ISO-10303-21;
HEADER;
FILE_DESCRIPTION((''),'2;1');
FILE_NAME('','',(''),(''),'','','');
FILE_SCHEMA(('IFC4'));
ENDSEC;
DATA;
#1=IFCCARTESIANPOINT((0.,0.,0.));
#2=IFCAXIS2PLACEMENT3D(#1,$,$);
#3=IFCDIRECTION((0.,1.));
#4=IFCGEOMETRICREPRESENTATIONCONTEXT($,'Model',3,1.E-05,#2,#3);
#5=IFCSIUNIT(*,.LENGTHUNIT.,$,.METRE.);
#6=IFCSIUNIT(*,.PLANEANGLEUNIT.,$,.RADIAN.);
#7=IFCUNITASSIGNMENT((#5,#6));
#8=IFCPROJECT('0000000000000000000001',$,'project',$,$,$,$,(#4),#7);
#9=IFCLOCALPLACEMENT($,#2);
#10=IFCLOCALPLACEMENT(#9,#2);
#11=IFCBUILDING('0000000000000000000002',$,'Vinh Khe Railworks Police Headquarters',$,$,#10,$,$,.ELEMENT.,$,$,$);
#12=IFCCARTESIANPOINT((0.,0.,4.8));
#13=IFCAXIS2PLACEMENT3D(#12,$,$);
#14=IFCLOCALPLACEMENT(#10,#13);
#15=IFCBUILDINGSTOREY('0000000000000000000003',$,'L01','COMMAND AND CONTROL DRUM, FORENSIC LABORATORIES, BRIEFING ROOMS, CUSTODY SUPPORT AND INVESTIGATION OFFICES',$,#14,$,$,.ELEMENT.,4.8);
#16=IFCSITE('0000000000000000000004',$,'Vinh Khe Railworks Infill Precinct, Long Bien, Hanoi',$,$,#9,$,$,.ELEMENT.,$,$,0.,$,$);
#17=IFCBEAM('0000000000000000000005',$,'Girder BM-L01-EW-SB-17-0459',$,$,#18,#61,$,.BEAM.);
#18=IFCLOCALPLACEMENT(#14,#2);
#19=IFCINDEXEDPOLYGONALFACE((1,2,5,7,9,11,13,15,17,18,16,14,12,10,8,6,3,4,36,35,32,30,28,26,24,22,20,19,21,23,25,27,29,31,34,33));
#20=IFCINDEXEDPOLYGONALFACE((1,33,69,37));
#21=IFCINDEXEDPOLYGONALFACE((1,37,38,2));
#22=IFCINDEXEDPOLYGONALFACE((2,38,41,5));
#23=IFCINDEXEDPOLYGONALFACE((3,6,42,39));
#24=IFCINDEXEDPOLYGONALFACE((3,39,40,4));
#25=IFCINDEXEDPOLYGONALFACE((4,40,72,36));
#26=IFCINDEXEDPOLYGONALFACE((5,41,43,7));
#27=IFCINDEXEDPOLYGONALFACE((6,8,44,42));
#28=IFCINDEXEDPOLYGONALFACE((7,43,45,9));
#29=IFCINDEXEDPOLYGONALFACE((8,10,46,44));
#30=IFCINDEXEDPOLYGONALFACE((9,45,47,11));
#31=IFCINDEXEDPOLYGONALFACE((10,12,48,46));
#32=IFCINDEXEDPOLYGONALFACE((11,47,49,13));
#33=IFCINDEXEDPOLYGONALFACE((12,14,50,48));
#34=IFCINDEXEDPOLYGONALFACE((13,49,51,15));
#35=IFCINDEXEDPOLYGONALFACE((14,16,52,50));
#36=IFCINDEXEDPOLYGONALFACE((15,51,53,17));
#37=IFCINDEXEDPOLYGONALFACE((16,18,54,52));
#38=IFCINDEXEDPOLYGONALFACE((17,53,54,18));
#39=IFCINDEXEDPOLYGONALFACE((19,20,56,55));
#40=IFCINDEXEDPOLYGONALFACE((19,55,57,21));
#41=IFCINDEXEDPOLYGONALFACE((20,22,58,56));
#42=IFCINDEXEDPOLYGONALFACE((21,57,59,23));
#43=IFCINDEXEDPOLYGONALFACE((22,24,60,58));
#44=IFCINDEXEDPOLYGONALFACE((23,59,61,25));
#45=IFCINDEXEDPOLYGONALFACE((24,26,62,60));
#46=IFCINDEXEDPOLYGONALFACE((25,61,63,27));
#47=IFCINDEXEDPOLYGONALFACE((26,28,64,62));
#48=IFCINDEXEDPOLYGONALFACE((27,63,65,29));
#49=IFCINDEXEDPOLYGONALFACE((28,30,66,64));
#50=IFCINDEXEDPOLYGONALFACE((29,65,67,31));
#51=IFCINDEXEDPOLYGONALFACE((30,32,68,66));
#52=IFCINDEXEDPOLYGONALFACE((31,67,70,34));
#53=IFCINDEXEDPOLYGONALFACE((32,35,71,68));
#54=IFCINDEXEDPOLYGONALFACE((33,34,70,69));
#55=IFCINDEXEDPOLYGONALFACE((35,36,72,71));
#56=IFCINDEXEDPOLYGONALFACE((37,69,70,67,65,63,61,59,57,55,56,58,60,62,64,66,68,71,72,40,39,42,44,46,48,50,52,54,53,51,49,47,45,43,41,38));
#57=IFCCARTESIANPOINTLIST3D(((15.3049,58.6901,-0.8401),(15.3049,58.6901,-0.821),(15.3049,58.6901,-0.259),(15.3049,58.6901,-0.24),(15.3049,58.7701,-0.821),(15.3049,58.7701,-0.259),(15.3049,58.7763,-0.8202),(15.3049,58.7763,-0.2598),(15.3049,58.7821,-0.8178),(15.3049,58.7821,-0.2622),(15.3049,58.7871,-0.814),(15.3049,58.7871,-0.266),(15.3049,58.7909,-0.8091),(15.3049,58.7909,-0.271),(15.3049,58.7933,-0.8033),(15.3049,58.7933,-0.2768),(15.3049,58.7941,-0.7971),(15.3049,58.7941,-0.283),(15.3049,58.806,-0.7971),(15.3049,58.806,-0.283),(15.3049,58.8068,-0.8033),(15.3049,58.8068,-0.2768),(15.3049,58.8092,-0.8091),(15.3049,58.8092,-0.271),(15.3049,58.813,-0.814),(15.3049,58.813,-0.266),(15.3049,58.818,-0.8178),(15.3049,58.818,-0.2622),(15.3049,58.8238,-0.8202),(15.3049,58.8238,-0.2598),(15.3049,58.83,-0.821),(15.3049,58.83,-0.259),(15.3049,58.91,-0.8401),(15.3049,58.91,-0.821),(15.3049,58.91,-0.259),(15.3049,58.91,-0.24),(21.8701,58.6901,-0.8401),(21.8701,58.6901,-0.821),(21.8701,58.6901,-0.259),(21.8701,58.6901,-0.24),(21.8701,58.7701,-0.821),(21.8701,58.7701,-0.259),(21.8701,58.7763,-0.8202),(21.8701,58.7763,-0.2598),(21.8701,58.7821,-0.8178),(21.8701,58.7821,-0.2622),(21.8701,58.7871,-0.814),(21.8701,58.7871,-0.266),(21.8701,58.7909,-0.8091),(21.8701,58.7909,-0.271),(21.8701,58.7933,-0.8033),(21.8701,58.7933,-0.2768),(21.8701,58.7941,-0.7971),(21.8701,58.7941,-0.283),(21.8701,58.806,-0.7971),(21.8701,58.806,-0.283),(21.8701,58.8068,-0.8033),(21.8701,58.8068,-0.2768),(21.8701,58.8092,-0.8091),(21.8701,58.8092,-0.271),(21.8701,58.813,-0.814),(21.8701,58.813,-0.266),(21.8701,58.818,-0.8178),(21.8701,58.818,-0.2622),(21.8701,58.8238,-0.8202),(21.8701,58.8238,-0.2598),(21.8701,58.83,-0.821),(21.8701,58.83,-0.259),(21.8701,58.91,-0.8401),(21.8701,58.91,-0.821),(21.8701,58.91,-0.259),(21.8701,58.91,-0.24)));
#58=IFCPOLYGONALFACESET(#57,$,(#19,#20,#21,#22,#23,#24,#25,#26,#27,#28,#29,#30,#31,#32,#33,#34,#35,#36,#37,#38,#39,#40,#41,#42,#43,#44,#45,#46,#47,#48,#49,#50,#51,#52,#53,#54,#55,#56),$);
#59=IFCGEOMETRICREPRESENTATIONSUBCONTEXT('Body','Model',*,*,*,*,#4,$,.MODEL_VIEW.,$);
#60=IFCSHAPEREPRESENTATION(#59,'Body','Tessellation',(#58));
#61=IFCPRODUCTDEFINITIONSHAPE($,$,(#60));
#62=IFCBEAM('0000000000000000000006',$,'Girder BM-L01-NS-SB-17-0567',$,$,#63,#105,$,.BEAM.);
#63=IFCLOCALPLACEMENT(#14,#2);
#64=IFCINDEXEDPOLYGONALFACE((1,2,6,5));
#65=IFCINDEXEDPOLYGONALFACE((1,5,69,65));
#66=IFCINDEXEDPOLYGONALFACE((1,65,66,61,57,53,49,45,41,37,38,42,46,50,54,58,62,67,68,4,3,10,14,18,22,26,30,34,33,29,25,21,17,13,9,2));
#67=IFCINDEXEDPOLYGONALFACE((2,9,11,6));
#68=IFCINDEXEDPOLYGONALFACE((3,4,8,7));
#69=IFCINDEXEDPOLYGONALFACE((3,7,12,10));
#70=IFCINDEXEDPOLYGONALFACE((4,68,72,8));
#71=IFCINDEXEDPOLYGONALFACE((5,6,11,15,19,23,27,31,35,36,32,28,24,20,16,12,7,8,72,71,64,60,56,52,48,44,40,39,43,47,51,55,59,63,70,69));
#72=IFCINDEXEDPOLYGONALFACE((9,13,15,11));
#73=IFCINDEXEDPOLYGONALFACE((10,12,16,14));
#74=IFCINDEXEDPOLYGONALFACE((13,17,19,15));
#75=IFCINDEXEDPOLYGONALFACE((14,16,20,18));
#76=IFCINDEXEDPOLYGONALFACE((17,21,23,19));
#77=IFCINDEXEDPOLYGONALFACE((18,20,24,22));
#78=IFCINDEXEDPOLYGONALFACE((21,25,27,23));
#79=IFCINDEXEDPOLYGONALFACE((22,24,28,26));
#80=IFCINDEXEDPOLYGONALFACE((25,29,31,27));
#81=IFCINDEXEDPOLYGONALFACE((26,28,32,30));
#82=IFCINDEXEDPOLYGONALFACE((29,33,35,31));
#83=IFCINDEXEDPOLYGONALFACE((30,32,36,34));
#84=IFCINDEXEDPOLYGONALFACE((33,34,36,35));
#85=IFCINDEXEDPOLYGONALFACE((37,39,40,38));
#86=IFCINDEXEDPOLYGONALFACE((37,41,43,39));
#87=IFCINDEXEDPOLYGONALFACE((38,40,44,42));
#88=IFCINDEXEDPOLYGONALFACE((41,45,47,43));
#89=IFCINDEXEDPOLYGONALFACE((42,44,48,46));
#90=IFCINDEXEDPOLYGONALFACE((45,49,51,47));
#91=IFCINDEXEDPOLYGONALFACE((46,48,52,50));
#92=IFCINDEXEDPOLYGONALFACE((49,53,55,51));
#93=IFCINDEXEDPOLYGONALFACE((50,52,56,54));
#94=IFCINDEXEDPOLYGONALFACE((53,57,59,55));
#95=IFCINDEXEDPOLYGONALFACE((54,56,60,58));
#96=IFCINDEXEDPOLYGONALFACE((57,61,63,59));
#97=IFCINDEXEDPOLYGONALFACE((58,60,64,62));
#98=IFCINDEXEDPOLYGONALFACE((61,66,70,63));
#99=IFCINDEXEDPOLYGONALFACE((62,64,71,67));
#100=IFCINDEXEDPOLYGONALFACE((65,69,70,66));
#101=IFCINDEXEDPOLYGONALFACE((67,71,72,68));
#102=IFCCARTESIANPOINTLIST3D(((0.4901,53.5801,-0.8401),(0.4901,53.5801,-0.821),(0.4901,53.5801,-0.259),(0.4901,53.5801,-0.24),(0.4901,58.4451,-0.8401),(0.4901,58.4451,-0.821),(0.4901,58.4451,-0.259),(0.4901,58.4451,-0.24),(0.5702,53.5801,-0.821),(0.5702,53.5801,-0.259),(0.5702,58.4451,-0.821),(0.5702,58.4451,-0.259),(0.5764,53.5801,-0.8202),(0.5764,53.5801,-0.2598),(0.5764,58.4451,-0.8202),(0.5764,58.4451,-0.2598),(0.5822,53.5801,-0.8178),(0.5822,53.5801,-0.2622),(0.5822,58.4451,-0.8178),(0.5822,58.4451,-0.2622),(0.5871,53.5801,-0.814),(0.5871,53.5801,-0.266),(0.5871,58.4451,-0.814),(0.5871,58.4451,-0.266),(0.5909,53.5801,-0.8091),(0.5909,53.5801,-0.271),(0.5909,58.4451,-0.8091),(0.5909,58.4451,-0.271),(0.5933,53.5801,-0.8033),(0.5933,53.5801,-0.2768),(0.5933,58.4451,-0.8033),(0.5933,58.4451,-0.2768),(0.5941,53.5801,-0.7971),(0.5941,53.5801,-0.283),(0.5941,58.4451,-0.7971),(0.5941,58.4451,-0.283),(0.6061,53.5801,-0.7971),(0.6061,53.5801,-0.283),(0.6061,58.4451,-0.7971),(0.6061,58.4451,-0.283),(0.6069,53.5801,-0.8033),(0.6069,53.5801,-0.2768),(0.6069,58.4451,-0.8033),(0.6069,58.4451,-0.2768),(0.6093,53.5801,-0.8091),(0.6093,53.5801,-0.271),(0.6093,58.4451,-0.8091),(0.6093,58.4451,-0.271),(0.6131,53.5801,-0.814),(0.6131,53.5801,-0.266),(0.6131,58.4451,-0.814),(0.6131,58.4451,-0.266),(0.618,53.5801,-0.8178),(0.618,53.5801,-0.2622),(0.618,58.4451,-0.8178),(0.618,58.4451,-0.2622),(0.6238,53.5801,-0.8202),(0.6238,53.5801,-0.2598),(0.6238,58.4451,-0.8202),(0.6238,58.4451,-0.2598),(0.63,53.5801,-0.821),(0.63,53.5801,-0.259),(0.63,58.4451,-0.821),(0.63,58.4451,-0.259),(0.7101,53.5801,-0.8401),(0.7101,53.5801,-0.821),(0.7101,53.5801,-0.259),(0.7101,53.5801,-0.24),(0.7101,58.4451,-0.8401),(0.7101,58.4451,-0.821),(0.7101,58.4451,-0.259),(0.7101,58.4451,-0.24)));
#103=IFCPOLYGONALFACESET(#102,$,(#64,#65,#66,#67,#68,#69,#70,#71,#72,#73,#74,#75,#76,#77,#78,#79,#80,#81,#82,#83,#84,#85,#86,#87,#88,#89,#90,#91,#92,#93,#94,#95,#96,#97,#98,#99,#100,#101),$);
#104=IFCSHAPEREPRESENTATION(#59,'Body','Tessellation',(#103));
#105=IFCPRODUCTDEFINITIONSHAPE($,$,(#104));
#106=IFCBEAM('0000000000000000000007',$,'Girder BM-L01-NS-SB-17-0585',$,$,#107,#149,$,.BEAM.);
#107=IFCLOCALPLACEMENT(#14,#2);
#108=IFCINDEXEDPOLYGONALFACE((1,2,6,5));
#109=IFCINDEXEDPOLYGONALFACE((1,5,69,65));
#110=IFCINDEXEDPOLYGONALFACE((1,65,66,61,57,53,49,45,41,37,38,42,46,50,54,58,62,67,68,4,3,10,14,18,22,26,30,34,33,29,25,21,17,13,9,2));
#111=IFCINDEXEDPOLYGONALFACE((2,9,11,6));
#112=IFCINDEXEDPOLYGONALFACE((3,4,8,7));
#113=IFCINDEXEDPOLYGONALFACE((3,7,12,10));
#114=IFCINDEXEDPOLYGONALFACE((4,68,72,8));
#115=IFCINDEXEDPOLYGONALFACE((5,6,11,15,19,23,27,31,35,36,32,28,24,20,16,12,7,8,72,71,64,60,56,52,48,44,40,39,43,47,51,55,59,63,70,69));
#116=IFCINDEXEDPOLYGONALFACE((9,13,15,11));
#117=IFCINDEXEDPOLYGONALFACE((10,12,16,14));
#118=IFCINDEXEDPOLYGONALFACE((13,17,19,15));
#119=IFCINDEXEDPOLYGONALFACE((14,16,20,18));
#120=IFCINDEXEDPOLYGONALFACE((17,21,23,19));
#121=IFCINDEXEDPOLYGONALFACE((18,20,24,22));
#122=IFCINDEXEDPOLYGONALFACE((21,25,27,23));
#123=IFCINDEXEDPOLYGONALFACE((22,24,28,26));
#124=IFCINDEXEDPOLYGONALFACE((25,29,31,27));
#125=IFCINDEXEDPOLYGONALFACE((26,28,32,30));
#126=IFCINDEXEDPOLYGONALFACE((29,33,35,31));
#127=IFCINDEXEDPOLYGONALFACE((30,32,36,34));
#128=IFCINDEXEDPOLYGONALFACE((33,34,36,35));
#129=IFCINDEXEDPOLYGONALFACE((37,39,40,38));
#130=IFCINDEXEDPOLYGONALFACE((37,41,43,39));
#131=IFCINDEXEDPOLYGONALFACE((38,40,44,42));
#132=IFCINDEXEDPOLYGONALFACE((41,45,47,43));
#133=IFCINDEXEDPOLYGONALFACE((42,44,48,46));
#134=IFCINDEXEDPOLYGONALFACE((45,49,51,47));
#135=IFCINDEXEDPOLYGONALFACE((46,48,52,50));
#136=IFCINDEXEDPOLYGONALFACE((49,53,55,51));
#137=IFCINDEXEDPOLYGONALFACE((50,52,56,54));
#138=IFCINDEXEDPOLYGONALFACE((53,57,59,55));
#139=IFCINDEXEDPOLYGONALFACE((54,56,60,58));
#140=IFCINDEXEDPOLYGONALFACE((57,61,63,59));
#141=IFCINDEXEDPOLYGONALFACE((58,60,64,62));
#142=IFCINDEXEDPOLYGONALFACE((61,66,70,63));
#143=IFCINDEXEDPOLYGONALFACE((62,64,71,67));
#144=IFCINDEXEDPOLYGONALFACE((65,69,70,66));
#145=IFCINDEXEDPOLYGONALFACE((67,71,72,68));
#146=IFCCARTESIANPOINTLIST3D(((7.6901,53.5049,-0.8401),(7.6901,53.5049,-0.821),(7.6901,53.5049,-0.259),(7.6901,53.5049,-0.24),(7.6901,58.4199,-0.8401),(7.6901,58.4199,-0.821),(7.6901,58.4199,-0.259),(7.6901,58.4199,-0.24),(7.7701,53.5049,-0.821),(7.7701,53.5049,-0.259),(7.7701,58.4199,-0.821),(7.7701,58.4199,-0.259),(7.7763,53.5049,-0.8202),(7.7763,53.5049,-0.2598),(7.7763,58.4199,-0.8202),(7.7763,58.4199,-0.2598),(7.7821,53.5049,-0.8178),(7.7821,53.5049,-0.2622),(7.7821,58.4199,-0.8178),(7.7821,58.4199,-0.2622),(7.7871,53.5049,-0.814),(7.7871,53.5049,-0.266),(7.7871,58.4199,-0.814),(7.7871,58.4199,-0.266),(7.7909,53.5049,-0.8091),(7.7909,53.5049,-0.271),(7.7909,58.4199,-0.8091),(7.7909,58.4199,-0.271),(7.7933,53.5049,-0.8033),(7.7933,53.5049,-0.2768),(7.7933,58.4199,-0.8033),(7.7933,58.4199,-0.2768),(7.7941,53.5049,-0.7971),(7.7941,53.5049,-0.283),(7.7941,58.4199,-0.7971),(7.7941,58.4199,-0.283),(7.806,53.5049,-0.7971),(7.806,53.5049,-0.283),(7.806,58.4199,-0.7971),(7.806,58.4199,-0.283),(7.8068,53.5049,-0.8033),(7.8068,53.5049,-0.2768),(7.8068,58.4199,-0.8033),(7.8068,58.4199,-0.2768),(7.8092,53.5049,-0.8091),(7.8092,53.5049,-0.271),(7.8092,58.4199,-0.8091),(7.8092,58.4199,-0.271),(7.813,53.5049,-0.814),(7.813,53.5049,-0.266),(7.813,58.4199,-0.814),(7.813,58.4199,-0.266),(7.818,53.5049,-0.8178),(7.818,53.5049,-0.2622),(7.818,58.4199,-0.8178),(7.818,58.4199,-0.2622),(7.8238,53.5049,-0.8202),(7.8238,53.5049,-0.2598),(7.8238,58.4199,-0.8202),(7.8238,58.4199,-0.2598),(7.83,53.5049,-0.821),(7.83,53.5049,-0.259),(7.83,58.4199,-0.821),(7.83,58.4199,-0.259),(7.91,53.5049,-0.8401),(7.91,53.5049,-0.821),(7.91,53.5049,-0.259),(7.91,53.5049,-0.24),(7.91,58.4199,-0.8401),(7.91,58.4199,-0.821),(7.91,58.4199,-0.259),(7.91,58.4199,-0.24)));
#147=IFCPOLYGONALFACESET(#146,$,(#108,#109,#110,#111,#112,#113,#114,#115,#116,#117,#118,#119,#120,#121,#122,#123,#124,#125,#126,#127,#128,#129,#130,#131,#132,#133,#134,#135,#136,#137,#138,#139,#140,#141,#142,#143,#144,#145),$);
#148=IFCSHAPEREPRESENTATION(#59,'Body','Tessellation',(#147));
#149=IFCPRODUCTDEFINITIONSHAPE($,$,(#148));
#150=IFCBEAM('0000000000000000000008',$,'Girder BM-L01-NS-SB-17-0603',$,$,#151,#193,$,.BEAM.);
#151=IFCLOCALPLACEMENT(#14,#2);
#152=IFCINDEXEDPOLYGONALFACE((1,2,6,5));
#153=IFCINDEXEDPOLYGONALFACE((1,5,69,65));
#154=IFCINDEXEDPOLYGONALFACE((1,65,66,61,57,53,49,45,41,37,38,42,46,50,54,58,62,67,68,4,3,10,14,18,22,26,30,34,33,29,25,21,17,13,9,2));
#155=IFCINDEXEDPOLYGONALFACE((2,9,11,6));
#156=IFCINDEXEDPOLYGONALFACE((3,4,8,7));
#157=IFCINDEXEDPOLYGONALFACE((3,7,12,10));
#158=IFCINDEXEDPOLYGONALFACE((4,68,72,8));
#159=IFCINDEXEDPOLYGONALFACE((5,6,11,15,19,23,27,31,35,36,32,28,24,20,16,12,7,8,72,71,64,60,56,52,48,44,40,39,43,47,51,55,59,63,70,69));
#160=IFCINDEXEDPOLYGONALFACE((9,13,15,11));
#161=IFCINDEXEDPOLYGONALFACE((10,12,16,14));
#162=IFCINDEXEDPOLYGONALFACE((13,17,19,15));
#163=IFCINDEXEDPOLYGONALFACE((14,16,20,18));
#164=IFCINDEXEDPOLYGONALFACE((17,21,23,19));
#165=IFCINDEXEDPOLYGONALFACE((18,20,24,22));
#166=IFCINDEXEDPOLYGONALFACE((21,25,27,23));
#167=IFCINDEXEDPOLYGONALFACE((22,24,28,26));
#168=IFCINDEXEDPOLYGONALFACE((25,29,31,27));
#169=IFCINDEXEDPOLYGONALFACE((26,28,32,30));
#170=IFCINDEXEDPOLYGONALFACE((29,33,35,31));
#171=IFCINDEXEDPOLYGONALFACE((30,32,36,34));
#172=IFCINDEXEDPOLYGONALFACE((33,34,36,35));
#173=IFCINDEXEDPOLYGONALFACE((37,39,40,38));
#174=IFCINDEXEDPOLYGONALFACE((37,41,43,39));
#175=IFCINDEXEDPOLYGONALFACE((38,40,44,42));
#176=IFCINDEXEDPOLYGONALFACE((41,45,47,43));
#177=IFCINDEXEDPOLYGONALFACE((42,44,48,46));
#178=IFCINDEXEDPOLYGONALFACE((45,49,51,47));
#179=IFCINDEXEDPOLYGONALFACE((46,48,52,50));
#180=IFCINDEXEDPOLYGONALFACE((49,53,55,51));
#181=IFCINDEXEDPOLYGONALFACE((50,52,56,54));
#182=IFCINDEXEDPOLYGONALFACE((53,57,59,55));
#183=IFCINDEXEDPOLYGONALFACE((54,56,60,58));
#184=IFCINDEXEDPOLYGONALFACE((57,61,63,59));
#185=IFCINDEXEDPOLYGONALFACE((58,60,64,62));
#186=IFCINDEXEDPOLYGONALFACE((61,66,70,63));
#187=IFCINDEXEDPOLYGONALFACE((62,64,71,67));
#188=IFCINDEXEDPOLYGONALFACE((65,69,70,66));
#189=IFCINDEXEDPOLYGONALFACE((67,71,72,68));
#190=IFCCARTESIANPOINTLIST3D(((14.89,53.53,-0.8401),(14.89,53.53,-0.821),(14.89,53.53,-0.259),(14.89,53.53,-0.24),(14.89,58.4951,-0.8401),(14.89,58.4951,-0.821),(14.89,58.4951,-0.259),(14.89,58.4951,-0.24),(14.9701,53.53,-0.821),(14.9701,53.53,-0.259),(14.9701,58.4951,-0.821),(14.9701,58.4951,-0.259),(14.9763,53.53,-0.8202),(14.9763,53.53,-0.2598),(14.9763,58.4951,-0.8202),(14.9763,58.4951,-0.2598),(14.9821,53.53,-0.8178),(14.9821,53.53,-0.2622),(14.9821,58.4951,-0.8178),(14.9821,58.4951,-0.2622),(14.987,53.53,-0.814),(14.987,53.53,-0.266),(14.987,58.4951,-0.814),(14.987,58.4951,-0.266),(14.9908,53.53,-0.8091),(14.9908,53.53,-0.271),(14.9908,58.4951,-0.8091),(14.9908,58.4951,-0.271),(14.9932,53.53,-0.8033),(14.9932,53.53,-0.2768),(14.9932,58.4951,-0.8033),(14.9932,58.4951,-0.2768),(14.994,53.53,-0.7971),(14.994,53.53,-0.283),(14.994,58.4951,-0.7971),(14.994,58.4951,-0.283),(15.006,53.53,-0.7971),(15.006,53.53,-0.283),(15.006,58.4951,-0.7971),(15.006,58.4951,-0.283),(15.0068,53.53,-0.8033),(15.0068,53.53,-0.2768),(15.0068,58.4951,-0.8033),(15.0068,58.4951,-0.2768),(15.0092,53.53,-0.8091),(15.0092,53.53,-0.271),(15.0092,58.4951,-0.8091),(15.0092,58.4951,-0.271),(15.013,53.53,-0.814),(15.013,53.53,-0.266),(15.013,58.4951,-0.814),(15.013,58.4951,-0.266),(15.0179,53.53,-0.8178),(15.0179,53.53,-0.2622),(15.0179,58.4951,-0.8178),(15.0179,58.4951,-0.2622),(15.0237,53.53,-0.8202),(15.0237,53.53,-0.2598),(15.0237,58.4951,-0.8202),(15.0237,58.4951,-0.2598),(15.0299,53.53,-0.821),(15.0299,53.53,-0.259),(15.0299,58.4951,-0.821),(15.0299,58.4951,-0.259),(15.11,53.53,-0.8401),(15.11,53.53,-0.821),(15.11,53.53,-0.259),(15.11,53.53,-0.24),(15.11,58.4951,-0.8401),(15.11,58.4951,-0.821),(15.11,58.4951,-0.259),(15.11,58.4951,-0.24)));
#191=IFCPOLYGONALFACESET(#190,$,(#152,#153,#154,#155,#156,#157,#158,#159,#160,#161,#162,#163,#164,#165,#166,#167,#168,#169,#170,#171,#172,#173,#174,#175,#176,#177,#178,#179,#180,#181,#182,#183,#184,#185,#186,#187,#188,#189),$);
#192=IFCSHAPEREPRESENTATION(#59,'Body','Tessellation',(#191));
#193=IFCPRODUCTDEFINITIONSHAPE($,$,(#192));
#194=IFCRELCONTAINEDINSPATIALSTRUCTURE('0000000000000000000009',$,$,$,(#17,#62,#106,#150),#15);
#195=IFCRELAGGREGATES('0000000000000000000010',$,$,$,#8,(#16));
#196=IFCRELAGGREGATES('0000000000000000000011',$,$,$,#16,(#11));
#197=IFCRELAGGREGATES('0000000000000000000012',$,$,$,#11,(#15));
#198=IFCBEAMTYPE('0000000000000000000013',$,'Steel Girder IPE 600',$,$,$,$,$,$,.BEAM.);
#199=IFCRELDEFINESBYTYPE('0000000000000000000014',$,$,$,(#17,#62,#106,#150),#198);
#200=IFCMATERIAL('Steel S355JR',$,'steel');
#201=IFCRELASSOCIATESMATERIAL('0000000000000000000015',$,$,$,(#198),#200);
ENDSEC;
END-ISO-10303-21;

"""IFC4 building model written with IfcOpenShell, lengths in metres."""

from ifc_helpers import new_model, si_unit, direction, frame, origin, origin_2d, place, context, subcontext, project, spatial, i_section, extrude, material, material_profile, profile_set, type_object, element, save


model = new_model("IFC4")

# Units and contexts
model_context = context("Model", 3, precision=1e-05, world=origin(), true_north=direction((0.0, 1.0)))
body_context = subcontext(model_context, "Body", "Model", "MODEL_VIEW")
ifc_project = project(units=[si_unit("LENGTHUNIT", "METRE"), si_unit("PLANEANGLEUNIT", "RADIAN")], contexts=[model_context])

# Site, building, storey
site_placement = place(None, origin())
site = spatial("IfcSite", under=ifc_project, at=site_placement, Name="Vinh Khe Railworks Infill Precinct, Long Bien, Hanoi", CompositionType="ELEMENT", RefElevation=0.0)
building_placement = place(site_placement, origin())
building = spatial("IfcBuilding", under=site, at=building_placement, Name="Vinh Khe Railworks Police Headquarters", CompositionType="ELEMENT")
storey_placement = place(building_placement, frame((0.0, 0.0, 4.8)))
storey = spatial("IfcBuildingStorey", under=building, at=storey_placement, Name="L01", Description="COMMAND AND CONTROL DRUM, FORENSIC LABORATORIES, BRIEFING ROOMS, CUSTODY SUPPORT AND INVESTIGATION OFFICES", CompositionType="ELEMENT", Elevation=4.8)

# Beams
ifc_material_1 = material(Name="Steel S355JR", Category="steel")
ifc_material_profile_1 = material_profile(ifc_material_1, i_section(OverallWidth=0.22, OverallDepth=0.6001, WebThickness=0.012, FlangeThickness=0.019, FilletRadius=0.0239, at=origin_2d()), Name="IPE 600")
ifc_profile_set_1 = profile_set([ifc_material_profile_1], Name="Steel S355JR")
beam_type_1 = type_object("IfcBeamType", Name="Steel Girder IPE 600", PredefinedType="BEAM", material=ifc_profile_set_1)
beam_1_placement = place(storey_placement, frame((15.3049, 58.8, -0.54), z_axis=(1.0, 0.0, 0.0), x_axis=(0.0, 1.0, 0.0)))
element("IfcBeam", 1, at=beam_1_placement, inside=storey, type_object=beam_type_1, Name="Girder BM-L01-EW-SB-17-0459", PredefinedType="BEAM", context=body_context, shape_type="SweptSolid", body=[
    extrude(i_section(OverallWidth=0.22, OverallDepth=0.6001, WebThickness=0.012, FlangeThickness=0.019, FilletRadius=0.0239, at=origin_2d()), origin(), (0.0, 0.0, 1.0), 6.5652),
])
beam_2_placement = place(storey_placement, frame((0.6001, 53.5801, -0.54), z_axis=(0.0, 1.0, 0.0), x_axis=(-1.0, 0.0, 0.0)))
element("IfcBeam", 2, at=beam_2_placement, inside=storey, type_object=beam_type_1, Name="Girder BM-L01-NS-SB-17-0567", PredefinedType="BEAM", context=body_context, shape_type="SweptSolid", body=[
    extrude(i_section(OverallWidth=0.22, OverallDepth=0.6001, WebThickness=0.012, FlangeThickness=0.019, FilletRadius=0.0239, at=origin_2d()), origin(), (0.0, 0.0, 1.0), 4.865),
])
beam_3_placement = place(storey_placement, frame((7.8, 53.5049, -0.54), z_axis=(0.0, 1.0, 0.0), x_axis=(-1.0, 0.0, 0.0)))
element("IfcBeam", 3, at=beam_3_placement, inside=storey, type_object=beam_type_1, Name="Girder BM-L01-NS-SB-17-0585", PredefinedType="BEAM", context=body_context, shape_type="SweptSolid", body=[
    extrude(i_section(OverallWidth=0.22, OverallDepth=0.6001, WebThickness=0.012, FlangeThickness=0.019, FilletRadius=0.0239, at=origin_2d()), origin(), (0.0, 0.0, 1.0), 4.915),
])
beam_4_placement = place(storey_placement, frame((15.0, 53.53, -0.54), z_axis=(0.0, 1.0, 0.0), x_axis=(-1.0, 0.0, 0.0)))
element("IfcBeam", 4, at=beam_4_placement, inside=storey, type_object=beam_type_1, Name="Girder BM-L01-NS-SB-17-0603", PredefinedType="BEAM", context=body_context, shape_type="SweptSolid", body=[
    extrude(i_section(OverallWidth=0.22, OverallDepth=0.6001, WebThickness=0.012, FlangeThickness=0.019, FilletRadius=0.0239, at=origin_2d()), origin(), (0.0, 0.0, 1.0), 4.9651),
])

save(model, "model.ifc")
